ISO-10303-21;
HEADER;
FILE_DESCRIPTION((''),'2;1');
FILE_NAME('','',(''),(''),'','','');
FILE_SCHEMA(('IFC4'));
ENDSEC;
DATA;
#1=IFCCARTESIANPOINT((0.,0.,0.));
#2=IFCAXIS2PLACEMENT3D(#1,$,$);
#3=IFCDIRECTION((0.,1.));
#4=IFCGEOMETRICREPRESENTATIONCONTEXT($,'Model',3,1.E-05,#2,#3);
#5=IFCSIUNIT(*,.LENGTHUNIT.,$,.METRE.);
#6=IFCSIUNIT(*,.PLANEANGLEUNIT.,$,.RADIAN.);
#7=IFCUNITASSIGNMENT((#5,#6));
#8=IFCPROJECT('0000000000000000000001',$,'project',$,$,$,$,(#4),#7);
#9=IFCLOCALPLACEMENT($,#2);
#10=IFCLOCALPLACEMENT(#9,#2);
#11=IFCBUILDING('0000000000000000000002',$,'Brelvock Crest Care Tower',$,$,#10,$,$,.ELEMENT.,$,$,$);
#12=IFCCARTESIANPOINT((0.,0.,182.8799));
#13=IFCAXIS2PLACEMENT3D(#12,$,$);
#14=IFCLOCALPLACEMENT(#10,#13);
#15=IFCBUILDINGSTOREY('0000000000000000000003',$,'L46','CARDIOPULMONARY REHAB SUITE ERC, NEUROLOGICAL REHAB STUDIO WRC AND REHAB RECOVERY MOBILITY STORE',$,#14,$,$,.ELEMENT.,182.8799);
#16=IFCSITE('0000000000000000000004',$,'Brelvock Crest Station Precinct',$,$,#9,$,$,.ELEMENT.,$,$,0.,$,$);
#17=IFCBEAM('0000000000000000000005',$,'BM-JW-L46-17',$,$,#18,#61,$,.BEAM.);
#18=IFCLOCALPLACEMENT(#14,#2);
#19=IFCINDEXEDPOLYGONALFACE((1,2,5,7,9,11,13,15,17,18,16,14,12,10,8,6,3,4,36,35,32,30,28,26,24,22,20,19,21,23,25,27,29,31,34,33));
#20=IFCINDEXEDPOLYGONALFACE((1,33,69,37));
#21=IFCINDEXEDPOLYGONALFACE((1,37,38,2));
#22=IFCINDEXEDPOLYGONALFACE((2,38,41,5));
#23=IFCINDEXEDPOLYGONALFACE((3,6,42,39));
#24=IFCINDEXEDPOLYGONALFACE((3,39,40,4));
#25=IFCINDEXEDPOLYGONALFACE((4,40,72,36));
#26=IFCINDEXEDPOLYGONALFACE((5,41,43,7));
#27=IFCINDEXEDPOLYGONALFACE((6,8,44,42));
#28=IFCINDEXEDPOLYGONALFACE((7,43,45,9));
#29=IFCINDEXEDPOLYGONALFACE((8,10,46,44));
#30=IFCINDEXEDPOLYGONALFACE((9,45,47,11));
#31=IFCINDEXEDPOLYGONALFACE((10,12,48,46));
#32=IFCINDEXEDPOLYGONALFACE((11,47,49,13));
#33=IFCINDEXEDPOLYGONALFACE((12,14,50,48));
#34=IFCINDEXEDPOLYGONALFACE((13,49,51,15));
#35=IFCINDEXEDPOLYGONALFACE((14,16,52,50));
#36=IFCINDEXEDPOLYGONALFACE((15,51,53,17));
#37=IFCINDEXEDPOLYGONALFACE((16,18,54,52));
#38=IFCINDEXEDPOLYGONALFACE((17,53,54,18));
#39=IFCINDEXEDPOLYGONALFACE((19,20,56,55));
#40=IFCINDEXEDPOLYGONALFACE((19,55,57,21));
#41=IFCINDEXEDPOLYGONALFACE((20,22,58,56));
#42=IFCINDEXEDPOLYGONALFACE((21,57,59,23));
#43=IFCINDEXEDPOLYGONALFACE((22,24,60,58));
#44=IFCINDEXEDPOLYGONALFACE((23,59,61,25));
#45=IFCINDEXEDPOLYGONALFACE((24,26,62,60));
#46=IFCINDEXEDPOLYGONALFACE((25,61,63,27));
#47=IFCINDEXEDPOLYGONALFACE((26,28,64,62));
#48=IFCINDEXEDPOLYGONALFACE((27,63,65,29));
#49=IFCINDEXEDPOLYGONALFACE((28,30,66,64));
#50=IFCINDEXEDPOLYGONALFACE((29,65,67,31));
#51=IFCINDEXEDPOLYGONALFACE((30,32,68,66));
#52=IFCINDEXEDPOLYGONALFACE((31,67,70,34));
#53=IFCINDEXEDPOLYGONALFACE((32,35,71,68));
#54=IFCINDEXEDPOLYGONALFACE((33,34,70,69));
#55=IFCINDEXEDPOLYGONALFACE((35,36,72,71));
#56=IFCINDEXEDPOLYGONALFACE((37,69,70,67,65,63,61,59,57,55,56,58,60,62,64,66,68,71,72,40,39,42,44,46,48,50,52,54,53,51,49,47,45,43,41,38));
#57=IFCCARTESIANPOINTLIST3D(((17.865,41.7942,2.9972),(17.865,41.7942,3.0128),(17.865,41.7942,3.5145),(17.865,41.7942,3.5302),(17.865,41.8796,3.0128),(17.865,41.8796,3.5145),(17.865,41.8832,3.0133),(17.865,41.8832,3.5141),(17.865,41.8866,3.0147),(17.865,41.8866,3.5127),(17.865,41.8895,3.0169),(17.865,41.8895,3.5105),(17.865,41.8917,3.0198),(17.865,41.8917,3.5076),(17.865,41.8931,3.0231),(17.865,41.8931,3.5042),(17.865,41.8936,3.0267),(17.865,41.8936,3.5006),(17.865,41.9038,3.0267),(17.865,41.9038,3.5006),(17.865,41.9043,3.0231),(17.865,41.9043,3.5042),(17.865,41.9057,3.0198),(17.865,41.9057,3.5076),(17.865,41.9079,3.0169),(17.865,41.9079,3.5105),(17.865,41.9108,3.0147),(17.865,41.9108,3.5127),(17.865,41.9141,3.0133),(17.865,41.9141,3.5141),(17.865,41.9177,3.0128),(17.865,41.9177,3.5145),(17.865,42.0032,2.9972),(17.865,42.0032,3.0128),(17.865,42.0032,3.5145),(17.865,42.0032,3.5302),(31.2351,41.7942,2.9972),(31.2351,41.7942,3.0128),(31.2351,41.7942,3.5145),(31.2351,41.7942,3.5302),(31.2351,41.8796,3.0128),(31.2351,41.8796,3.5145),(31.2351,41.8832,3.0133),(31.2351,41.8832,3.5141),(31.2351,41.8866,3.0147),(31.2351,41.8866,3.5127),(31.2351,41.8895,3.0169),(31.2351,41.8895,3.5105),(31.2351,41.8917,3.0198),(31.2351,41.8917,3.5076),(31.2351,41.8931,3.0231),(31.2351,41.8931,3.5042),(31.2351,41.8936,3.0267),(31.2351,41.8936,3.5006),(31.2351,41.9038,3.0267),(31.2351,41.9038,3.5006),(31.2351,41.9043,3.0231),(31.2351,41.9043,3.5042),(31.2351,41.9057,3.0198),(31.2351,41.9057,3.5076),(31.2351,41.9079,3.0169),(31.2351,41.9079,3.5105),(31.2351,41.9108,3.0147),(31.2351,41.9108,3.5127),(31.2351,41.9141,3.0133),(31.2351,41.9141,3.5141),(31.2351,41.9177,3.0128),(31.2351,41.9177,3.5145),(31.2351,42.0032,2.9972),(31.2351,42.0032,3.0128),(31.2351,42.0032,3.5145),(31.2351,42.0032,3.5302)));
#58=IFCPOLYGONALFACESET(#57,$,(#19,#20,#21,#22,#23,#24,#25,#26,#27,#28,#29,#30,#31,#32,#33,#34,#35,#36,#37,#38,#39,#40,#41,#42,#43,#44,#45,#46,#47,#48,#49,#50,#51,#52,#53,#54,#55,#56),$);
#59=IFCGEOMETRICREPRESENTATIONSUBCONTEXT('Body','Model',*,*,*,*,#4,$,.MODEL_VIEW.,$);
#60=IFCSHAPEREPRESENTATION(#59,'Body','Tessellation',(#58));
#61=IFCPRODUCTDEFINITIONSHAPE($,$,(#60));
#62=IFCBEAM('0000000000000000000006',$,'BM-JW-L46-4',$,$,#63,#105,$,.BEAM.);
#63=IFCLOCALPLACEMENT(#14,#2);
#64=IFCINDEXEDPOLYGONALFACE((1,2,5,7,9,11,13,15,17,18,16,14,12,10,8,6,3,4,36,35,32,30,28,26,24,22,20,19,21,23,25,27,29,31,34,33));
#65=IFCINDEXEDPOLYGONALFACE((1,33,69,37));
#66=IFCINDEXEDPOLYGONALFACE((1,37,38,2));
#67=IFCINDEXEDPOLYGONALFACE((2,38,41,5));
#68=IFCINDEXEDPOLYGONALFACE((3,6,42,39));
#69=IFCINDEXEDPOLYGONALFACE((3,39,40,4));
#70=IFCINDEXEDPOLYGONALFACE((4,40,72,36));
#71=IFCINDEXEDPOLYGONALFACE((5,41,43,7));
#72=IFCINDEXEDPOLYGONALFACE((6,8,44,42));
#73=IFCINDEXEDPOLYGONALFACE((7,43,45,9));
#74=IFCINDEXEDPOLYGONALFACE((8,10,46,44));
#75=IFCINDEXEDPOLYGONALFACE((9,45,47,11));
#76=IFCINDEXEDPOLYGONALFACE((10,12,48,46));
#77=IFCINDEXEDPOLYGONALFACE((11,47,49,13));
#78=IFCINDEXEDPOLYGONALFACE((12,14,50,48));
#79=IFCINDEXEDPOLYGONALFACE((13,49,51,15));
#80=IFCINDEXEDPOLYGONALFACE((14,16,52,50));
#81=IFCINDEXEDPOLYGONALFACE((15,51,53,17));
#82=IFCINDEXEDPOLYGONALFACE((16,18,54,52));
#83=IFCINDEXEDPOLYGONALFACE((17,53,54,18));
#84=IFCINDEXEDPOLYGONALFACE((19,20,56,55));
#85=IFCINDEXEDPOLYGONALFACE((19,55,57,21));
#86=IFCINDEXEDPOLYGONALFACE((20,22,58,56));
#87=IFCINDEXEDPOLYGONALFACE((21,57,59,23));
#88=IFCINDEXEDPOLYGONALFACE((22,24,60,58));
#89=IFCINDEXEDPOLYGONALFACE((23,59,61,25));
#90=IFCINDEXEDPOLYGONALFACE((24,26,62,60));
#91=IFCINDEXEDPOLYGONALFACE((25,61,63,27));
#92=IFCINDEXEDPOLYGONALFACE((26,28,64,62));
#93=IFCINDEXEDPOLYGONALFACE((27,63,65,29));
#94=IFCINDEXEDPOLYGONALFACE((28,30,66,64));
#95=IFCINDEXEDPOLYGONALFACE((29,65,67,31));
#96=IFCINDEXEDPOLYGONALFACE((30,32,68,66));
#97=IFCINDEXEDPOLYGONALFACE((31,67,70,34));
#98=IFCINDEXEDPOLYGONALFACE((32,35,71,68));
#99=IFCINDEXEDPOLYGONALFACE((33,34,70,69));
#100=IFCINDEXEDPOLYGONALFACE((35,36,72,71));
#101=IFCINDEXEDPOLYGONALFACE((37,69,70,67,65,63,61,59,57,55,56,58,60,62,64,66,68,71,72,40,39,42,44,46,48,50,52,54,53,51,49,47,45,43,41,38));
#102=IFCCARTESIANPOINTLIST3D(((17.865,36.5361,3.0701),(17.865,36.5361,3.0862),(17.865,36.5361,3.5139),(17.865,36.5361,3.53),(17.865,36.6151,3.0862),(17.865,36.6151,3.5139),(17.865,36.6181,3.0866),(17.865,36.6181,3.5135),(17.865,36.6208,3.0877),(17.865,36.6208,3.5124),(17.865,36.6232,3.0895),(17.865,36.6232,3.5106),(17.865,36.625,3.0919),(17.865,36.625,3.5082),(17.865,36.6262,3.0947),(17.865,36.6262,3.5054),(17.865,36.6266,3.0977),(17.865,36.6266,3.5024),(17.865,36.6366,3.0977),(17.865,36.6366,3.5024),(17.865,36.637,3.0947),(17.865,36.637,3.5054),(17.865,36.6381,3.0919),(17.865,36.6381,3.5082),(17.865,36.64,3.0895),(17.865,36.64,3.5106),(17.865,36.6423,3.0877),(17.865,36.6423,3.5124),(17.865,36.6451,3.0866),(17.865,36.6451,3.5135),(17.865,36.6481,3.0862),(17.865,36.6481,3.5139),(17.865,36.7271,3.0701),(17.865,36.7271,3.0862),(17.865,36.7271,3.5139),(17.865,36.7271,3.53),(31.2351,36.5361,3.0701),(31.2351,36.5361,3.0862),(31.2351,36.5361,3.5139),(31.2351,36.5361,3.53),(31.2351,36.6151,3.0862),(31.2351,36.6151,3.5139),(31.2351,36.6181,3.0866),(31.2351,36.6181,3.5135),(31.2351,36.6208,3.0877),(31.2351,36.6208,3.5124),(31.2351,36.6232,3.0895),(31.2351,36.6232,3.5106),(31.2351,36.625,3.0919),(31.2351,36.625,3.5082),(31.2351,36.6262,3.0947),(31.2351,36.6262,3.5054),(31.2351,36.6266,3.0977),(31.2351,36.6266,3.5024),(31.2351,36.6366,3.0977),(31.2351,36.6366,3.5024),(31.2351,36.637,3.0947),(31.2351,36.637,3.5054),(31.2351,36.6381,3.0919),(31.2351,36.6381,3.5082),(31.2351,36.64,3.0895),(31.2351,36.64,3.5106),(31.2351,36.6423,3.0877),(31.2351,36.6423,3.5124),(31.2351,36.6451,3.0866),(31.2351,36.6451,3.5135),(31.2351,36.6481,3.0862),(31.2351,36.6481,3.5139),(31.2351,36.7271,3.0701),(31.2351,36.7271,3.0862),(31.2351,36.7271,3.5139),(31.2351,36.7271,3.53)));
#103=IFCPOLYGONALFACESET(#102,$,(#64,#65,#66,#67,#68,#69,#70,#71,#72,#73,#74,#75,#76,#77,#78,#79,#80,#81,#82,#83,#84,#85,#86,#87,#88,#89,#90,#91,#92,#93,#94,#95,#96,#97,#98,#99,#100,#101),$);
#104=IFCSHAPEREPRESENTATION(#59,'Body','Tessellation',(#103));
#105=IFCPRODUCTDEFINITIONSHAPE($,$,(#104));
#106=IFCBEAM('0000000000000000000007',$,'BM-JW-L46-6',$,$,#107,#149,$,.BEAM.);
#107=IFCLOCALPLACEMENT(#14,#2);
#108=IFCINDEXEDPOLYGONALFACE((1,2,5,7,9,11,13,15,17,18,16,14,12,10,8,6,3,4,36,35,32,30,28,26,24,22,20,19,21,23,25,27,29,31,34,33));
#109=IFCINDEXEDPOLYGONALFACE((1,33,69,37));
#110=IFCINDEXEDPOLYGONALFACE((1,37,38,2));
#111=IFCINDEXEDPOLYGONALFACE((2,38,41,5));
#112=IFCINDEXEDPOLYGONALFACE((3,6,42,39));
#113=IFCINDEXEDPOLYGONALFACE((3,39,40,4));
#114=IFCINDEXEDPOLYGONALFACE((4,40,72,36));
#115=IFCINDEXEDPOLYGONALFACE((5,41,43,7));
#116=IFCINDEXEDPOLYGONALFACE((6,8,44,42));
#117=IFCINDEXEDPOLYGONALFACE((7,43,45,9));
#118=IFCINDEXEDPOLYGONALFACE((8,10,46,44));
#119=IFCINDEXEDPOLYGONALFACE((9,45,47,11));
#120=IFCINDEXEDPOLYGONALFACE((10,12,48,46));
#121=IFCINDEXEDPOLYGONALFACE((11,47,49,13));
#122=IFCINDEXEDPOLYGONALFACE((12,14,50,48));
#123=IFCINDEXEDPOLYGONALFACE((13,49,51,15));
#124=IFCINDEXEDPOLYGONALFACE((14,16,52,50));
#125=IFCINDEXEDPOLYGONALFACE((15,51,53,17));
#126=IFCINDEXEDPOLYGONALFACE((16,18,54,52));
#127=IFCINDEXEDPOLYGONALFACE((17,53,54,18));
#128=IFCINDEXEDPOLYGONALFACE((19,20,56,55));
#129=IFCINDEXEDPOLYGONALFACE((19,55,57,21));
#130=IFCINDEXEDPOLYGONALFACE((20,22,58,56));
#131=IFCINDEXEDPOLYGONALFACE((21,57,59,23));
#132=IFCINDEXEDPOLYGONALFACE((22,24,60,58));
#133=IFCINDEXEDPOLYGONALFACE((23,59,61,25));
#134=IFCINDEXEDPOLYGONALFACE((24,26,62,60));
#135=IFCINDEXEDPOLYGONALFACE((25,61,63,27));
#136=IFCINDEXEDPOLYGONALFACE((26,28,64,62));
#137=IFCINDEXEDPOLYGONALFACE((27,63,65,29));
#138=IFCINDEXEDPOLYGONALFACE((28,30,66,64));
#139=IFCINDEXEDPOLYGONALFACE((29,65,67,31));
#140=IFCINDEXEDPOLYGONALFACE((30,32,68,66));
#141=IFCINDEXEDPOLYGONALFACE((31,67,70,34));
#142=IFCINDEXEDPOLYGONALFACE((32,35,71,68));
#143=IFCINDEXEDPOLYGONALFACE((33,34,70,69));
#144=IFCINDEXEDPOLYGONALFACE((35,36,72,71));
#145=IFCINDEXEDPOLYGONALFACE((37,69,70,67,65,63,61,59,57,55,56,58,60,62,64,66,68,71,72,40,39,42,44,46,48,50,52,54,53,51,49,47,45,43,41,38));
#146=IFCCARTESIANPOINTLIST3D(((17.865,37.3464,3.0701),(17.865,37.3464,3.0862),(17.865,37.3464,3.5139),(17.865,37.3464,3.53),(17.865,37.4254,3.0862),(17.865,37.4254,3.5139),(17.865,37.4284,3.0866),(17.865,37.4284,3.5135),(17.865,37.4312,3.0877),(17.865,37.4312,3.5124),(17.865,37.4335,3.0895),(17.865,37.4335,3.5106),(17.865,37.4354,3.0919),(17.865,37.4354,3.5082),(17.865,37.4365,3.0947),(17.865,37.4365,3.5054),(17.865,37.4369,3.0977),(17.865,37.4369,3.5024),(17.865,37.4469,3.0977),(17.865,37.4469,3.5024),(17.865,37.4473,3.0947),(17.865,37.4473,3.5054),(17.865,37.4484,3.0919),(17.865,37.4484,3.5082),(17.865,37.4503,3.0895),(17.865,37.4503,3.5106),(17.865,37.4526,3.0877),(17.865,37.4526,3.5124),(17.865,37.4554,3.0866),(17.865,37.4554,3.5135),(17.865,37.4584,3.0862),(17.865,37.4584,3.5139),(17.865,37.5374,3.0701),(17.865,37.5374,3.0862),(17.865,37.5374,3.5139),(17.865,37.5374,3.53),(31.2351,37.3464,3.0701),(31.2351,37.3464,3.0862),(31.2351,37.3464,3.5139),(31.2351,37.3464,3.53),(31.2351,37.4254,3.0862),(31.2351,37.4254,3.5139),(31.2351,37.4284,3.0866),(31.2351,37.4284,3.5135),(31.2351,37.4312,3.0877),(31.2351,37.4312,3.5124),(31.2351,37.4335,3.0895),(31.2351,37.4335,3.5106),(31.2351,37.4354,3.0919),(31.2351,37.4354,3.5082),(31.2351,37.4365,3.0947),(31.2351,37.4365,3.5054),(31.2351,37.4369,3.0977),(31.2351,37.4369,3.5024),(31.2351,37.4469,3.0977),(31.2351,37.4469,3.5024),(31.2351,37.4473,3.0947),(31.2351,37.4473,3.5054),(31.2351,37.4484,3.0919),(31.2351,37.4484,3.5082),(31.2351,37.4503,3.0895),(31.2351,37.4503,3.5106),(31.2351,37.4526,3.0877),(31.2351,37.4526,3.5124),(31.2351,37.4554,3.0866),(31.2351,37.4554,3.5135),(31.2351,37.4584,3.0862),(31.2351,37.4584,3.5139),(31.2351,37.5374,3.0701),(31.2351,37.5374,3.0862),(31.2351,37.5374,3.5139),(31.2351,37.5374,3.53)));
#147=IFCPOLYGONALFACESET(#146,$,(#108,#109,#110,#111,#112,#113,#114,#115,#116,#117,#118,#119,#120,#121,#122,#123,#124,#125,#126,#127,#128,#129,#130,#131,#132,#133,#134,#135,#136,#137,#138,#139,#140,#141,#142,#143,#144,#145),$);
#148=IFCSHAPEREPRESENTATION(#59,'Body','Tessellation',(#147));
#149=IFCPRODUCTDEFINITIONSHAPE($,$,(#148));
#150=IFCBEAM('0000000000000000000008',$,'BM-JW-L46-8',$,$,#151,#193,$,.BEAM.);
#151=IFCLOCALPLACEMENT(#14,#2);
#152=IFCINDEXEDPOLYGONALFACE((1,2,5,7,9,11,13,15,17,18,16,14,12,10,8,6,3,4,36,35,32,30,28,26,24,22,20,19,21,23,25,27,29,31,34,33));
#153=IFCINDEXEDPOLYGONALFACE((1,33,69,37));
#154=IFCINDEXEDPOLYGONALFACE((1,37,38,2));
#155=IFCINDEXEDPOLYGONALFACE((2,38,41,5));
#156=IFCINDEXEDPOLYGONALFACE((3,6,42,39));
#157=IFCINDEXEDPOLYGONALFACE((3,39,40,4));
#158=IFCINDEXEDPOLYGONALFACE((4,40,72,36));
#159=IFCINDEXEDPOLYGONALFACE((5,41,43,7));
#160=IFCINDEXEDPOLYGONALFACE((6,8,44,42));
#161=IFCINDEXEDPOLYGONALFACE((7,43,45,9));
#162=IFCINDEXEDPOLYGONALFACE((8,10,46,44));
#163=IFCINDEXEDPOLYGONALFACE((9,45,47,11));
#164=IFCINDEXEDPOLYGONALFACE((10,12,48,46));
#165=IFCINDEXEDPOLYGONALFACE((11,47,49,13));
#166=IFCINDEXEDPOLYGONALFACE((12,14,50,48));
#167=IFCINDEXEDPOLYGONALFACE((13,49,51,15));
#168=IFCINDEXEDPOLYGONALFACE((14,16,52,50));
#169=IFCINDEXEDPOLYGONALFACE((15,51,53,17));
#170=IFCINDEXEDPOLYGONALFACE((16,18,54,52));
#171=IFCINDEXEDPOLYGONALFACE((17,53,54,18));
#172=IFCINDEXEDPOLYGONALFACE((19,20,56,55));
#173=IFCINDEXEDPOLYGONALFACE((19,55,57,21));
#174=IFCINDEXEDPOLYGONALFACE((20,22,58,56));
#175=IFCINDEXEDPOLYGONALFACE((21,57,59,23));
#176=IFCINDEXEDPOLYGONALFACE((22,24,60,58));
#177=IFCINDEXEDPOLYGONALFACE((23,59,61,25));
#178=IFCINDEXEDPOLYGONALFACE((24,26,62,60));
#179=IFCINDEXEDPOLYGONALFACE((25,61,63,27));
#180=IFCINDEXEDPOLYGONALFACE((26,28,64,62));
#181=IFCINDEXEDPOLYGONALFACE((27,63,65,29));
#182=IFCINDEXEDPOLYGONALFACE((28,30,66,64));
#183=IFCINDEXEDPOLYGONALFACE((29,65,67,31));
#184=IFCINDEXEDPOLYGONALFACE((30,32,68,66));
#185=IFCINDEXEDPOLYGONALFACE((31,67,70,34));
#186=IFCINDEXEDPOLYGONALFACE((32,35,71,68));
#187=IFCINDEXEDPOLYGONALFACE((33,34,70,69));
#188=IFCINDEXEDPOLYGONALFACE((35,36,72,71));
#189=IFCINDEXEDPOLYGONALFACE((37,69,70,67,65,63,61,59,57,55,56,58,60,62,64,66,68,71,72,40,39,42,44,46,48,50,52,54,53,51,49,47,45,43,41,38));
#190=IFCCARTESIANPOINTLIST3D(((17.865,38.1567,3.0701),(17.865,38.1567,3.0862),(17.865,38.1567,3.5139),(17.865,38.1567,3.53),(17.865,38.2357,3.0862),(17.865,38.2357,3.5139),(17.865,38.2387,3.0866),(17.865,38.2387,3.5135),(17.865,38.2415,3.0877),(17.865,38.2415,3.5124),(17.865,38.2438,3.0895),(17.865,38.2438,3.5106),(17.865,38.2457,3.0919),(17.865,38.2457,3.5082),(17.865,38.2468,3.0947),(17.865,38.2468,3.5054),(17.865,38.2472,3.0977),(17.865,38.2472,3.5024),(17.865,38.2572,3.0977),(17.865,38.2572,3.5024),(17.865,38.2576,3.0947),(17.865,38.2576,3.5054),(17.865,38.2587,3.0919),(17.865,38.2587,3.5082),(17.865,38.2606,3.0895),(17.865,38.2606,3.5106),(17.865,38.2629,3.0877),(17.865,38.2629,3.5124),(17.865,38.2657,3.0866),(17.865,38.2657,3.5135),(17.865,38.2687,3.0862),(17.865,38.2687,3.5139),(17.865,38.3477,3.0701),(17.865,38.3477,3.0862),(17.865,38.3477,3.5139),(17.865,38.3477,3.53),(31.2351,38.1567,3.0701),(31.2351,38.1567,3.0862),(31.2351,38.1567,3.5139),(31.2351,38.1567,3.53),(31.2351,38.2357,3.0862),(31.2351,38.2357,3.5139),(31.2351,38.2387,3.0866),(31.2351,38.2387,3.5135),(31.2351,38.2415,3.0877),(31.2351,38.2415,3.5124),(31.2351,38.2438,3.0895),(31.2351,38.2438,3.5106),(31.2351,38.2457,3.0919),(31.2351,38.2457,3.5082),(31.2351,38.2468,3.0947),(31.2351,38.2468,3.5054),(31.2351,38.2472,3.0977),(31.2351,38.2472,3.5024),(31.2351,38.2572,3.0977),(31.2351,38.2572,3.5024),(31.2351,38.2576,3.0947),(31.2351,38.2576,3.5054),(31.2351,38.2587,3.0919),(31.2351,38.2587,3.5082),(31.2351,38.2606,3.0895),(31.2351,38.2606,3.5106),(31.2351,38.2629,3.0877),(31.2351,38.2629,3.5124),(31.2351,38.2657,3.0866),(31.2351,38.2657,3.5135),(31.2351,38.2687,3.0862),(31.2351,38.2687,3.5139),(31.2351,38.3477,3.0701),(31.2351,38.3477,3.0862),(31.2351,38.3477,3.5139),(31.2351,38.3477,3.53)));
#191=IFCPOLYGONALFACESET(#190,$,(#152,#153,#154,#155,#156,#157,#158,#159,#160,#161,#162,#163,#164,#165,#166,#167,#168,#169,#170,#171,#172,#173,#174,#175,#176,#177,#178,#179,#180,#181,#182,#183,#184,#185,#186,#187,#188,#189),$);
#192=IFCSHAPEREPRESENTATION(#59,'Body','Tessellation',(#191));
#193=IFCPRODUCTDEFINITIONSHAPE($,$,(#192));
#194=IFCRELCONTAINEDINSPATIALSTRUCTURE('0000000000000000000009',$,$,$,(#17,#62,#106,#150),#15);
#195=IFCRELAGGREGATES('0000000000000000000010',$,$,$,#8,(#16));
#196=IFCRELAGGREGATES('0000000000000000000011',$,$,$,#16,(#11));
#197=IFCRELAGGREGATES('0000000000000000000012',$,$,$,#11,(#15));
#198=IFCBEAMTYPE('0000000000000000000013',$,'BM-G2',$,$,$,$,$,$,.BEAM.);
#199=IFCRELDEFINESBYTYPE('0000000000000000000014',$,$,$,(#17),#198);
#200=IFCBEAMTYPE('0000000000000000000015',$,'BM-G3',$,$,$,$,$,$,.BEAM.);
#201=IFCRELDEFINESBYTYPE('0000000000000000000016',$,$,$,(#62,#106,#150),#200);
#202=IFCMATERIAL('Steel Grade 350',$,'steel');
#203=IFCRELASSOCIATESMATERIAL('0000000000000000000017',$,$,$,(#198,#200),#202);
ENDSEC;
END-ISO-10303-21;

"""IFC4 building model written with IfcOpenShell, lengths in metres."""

from ifc_helpers import new_model, si_unit, direction, frame, origin, origin_2d, place, context, subcontext, project, spatial, i_section, extrude, source, transform, mapped, material, material_profile, profile_set, type_object, element, save


model = new_model("IFC4")

# Units and contexts
model_context = context("Model", 3, precision=1e-05, world=origin(), true_north=direction((0.0, 1.0)))
body_context = subcontext(model_context, "Body", "Model", "MODEL_VIEW")
ifc_project = project(units=[si_unit("LENGTHUNIT", "METRE"), si_unit("PLANEANGLEUNIT", "RADIAN")], contexts=[model_context])

# Site, building, storey
site_placement = place(None, origin())
site = spatial("IfcSite", under=ifc_project, at=site_placement, Name="Brelvock Crest Station Precinct", CompositionType="ELEMENT", RefElevation=0.0)
building_placement = place(site_placement, origin())
building = spatial("IfcBuilding", under=site, at=building_placement, Name="Brelvock Crest Care Tower", CompositionType="ELEMENT")
storey_placement = place(building_placement, frame((0.0, 0.0, 182.8799)))
storey = spatial("IfcBuildingStorey", under=building, at=storey_placement, Name="L46", Description="CARDIOPULMONARY REHAB SUITE ERC, NEUROLOGICAL REHAB STUDIO WRC AND REHAB RECOVERY MOBILITY STORE", CompositionType="ELEMENT", Elevation=182.8799)

# Shared definitions
ifc_material_1 = material(Name="Steel Grade 350", Category="steel")

# Beams
ifc_material_profile_1 = material_profile(ifc_material_1, i_section(OverallWidth=0.209, OverallDepth=0.533, WebThickness=0.0103, FlangeThickness=0.0156, FilletRadius=0.0139, at=origin_2d()), Name="530UB92.4")
ifc_profile_set_1 = profile_set([ifc_material_profile_1], Name="Steel Grade 350")
beam_type_1 = type_object("IfcBeamType", Name="BM-G2", PredefinedType="BEAM", material=ifc_profile_set_1)
shared_shape_1 = source(origin(), body_context, "Body", "SweptSolid", [
    extrude(i_section(OverallWidth=0.209, OverallDepth=0.533, WebThickness=0.0103, FlangeThickness=0.0156, FilletRadius=0.0139, at=origin_2d()), origin(), (0.0, 0.0, 1.0), 13.3701),
])
for number, where, z_axis, x_axis, name in (
    (1, (17.865, 41.8987, 3.2637), (1.0, 0.0, 0.0), (0.0, 1.0, 0.0), "BM-JW-L46-17"),
):
    element("IfcBeam", number, at=place(storey_placement, frame(where, z_axis=z_axis, x_axis=x_axis)), inside=storey, type_object=beam_type_1, Name=name, PredefinedType="BEAM", context=body_context, shape_type="MappedRepresentation", body=[
        mapped(shared_shape_1, transform((0.0, 0.0, 0.0), x_axis=(1.0, 0.0, 0.0), y_axis=(0.0, 1.0, 0.0), z_axis=(0.0, 0.0, 1.0), scale=1.0)),
    ])
ifc_material_profile_2 = material_profile(ifc_material_1, i_section(OverallWidth=0.1909, OverallDepth=0.46, WebThickness=0.01, FlangeThickness=0.0161, FilletRadius=0.0115, at=origin_2d()), Name="460UB82.1")
ifc_profile_set_2 = profile_set([ifc_material_profile_2], Name="Steel Grade 350")
beam_type_2 = type_object("IfcBeamType", Name="BM-G3", PredefinedType="BEAM", material=ifc_profile_set_2)
shared_shape_2 = source(origin(), body_context, "Body", "SweptSolid", [
    extrude(i_section(OverallWidth=0.1909, OverallDepth=0.46, WebThickness=0.01, FlangeThickness=0.0161, FilletRadius=0.0115, at=origin_2d()), origin(), (0.0, 0.0, 1.0), 13.3701),
])
for number, where, z_axis, x_axis, name in (
    (2, (17.865, 36.6316, 3.3), (1.0, 0.0, 0.0), (0.0, 1.0, 0.0), "BM-JW-L46-4"),
    (3, (17.865, 37.4419, 3.3), (1.0, 0.0, 0.0), (0.0, 1.0, 0.0), "BM-JW-L46-6"),
    (4, (17.865, 38.2522, 3.3), (1.0, 0.0, 0.0), (0.0, 1.0, 0.0), "BM-JW-L46-8"),
):
    element("IfcBeam", number, at=place(storey_placement, frame(where, z_axis=z_axis, x_axis=x_axis)), inside=storey, type_object=beam_type_2, Name=name, PredefinedType="BEAM", context=body_context, shape_type="MappedRepresentation", body=[
        mapped(shared_shape_2, transform((0.0, 0.0, 0.0), x_axis=(1.0, 0.0, 0.0), y_axis=(0.0, 1.0, 0.0), z_axis=(0.0, 0.0, 1.0), scale=1.0)),
    ])

save(model, "model.ifc")
